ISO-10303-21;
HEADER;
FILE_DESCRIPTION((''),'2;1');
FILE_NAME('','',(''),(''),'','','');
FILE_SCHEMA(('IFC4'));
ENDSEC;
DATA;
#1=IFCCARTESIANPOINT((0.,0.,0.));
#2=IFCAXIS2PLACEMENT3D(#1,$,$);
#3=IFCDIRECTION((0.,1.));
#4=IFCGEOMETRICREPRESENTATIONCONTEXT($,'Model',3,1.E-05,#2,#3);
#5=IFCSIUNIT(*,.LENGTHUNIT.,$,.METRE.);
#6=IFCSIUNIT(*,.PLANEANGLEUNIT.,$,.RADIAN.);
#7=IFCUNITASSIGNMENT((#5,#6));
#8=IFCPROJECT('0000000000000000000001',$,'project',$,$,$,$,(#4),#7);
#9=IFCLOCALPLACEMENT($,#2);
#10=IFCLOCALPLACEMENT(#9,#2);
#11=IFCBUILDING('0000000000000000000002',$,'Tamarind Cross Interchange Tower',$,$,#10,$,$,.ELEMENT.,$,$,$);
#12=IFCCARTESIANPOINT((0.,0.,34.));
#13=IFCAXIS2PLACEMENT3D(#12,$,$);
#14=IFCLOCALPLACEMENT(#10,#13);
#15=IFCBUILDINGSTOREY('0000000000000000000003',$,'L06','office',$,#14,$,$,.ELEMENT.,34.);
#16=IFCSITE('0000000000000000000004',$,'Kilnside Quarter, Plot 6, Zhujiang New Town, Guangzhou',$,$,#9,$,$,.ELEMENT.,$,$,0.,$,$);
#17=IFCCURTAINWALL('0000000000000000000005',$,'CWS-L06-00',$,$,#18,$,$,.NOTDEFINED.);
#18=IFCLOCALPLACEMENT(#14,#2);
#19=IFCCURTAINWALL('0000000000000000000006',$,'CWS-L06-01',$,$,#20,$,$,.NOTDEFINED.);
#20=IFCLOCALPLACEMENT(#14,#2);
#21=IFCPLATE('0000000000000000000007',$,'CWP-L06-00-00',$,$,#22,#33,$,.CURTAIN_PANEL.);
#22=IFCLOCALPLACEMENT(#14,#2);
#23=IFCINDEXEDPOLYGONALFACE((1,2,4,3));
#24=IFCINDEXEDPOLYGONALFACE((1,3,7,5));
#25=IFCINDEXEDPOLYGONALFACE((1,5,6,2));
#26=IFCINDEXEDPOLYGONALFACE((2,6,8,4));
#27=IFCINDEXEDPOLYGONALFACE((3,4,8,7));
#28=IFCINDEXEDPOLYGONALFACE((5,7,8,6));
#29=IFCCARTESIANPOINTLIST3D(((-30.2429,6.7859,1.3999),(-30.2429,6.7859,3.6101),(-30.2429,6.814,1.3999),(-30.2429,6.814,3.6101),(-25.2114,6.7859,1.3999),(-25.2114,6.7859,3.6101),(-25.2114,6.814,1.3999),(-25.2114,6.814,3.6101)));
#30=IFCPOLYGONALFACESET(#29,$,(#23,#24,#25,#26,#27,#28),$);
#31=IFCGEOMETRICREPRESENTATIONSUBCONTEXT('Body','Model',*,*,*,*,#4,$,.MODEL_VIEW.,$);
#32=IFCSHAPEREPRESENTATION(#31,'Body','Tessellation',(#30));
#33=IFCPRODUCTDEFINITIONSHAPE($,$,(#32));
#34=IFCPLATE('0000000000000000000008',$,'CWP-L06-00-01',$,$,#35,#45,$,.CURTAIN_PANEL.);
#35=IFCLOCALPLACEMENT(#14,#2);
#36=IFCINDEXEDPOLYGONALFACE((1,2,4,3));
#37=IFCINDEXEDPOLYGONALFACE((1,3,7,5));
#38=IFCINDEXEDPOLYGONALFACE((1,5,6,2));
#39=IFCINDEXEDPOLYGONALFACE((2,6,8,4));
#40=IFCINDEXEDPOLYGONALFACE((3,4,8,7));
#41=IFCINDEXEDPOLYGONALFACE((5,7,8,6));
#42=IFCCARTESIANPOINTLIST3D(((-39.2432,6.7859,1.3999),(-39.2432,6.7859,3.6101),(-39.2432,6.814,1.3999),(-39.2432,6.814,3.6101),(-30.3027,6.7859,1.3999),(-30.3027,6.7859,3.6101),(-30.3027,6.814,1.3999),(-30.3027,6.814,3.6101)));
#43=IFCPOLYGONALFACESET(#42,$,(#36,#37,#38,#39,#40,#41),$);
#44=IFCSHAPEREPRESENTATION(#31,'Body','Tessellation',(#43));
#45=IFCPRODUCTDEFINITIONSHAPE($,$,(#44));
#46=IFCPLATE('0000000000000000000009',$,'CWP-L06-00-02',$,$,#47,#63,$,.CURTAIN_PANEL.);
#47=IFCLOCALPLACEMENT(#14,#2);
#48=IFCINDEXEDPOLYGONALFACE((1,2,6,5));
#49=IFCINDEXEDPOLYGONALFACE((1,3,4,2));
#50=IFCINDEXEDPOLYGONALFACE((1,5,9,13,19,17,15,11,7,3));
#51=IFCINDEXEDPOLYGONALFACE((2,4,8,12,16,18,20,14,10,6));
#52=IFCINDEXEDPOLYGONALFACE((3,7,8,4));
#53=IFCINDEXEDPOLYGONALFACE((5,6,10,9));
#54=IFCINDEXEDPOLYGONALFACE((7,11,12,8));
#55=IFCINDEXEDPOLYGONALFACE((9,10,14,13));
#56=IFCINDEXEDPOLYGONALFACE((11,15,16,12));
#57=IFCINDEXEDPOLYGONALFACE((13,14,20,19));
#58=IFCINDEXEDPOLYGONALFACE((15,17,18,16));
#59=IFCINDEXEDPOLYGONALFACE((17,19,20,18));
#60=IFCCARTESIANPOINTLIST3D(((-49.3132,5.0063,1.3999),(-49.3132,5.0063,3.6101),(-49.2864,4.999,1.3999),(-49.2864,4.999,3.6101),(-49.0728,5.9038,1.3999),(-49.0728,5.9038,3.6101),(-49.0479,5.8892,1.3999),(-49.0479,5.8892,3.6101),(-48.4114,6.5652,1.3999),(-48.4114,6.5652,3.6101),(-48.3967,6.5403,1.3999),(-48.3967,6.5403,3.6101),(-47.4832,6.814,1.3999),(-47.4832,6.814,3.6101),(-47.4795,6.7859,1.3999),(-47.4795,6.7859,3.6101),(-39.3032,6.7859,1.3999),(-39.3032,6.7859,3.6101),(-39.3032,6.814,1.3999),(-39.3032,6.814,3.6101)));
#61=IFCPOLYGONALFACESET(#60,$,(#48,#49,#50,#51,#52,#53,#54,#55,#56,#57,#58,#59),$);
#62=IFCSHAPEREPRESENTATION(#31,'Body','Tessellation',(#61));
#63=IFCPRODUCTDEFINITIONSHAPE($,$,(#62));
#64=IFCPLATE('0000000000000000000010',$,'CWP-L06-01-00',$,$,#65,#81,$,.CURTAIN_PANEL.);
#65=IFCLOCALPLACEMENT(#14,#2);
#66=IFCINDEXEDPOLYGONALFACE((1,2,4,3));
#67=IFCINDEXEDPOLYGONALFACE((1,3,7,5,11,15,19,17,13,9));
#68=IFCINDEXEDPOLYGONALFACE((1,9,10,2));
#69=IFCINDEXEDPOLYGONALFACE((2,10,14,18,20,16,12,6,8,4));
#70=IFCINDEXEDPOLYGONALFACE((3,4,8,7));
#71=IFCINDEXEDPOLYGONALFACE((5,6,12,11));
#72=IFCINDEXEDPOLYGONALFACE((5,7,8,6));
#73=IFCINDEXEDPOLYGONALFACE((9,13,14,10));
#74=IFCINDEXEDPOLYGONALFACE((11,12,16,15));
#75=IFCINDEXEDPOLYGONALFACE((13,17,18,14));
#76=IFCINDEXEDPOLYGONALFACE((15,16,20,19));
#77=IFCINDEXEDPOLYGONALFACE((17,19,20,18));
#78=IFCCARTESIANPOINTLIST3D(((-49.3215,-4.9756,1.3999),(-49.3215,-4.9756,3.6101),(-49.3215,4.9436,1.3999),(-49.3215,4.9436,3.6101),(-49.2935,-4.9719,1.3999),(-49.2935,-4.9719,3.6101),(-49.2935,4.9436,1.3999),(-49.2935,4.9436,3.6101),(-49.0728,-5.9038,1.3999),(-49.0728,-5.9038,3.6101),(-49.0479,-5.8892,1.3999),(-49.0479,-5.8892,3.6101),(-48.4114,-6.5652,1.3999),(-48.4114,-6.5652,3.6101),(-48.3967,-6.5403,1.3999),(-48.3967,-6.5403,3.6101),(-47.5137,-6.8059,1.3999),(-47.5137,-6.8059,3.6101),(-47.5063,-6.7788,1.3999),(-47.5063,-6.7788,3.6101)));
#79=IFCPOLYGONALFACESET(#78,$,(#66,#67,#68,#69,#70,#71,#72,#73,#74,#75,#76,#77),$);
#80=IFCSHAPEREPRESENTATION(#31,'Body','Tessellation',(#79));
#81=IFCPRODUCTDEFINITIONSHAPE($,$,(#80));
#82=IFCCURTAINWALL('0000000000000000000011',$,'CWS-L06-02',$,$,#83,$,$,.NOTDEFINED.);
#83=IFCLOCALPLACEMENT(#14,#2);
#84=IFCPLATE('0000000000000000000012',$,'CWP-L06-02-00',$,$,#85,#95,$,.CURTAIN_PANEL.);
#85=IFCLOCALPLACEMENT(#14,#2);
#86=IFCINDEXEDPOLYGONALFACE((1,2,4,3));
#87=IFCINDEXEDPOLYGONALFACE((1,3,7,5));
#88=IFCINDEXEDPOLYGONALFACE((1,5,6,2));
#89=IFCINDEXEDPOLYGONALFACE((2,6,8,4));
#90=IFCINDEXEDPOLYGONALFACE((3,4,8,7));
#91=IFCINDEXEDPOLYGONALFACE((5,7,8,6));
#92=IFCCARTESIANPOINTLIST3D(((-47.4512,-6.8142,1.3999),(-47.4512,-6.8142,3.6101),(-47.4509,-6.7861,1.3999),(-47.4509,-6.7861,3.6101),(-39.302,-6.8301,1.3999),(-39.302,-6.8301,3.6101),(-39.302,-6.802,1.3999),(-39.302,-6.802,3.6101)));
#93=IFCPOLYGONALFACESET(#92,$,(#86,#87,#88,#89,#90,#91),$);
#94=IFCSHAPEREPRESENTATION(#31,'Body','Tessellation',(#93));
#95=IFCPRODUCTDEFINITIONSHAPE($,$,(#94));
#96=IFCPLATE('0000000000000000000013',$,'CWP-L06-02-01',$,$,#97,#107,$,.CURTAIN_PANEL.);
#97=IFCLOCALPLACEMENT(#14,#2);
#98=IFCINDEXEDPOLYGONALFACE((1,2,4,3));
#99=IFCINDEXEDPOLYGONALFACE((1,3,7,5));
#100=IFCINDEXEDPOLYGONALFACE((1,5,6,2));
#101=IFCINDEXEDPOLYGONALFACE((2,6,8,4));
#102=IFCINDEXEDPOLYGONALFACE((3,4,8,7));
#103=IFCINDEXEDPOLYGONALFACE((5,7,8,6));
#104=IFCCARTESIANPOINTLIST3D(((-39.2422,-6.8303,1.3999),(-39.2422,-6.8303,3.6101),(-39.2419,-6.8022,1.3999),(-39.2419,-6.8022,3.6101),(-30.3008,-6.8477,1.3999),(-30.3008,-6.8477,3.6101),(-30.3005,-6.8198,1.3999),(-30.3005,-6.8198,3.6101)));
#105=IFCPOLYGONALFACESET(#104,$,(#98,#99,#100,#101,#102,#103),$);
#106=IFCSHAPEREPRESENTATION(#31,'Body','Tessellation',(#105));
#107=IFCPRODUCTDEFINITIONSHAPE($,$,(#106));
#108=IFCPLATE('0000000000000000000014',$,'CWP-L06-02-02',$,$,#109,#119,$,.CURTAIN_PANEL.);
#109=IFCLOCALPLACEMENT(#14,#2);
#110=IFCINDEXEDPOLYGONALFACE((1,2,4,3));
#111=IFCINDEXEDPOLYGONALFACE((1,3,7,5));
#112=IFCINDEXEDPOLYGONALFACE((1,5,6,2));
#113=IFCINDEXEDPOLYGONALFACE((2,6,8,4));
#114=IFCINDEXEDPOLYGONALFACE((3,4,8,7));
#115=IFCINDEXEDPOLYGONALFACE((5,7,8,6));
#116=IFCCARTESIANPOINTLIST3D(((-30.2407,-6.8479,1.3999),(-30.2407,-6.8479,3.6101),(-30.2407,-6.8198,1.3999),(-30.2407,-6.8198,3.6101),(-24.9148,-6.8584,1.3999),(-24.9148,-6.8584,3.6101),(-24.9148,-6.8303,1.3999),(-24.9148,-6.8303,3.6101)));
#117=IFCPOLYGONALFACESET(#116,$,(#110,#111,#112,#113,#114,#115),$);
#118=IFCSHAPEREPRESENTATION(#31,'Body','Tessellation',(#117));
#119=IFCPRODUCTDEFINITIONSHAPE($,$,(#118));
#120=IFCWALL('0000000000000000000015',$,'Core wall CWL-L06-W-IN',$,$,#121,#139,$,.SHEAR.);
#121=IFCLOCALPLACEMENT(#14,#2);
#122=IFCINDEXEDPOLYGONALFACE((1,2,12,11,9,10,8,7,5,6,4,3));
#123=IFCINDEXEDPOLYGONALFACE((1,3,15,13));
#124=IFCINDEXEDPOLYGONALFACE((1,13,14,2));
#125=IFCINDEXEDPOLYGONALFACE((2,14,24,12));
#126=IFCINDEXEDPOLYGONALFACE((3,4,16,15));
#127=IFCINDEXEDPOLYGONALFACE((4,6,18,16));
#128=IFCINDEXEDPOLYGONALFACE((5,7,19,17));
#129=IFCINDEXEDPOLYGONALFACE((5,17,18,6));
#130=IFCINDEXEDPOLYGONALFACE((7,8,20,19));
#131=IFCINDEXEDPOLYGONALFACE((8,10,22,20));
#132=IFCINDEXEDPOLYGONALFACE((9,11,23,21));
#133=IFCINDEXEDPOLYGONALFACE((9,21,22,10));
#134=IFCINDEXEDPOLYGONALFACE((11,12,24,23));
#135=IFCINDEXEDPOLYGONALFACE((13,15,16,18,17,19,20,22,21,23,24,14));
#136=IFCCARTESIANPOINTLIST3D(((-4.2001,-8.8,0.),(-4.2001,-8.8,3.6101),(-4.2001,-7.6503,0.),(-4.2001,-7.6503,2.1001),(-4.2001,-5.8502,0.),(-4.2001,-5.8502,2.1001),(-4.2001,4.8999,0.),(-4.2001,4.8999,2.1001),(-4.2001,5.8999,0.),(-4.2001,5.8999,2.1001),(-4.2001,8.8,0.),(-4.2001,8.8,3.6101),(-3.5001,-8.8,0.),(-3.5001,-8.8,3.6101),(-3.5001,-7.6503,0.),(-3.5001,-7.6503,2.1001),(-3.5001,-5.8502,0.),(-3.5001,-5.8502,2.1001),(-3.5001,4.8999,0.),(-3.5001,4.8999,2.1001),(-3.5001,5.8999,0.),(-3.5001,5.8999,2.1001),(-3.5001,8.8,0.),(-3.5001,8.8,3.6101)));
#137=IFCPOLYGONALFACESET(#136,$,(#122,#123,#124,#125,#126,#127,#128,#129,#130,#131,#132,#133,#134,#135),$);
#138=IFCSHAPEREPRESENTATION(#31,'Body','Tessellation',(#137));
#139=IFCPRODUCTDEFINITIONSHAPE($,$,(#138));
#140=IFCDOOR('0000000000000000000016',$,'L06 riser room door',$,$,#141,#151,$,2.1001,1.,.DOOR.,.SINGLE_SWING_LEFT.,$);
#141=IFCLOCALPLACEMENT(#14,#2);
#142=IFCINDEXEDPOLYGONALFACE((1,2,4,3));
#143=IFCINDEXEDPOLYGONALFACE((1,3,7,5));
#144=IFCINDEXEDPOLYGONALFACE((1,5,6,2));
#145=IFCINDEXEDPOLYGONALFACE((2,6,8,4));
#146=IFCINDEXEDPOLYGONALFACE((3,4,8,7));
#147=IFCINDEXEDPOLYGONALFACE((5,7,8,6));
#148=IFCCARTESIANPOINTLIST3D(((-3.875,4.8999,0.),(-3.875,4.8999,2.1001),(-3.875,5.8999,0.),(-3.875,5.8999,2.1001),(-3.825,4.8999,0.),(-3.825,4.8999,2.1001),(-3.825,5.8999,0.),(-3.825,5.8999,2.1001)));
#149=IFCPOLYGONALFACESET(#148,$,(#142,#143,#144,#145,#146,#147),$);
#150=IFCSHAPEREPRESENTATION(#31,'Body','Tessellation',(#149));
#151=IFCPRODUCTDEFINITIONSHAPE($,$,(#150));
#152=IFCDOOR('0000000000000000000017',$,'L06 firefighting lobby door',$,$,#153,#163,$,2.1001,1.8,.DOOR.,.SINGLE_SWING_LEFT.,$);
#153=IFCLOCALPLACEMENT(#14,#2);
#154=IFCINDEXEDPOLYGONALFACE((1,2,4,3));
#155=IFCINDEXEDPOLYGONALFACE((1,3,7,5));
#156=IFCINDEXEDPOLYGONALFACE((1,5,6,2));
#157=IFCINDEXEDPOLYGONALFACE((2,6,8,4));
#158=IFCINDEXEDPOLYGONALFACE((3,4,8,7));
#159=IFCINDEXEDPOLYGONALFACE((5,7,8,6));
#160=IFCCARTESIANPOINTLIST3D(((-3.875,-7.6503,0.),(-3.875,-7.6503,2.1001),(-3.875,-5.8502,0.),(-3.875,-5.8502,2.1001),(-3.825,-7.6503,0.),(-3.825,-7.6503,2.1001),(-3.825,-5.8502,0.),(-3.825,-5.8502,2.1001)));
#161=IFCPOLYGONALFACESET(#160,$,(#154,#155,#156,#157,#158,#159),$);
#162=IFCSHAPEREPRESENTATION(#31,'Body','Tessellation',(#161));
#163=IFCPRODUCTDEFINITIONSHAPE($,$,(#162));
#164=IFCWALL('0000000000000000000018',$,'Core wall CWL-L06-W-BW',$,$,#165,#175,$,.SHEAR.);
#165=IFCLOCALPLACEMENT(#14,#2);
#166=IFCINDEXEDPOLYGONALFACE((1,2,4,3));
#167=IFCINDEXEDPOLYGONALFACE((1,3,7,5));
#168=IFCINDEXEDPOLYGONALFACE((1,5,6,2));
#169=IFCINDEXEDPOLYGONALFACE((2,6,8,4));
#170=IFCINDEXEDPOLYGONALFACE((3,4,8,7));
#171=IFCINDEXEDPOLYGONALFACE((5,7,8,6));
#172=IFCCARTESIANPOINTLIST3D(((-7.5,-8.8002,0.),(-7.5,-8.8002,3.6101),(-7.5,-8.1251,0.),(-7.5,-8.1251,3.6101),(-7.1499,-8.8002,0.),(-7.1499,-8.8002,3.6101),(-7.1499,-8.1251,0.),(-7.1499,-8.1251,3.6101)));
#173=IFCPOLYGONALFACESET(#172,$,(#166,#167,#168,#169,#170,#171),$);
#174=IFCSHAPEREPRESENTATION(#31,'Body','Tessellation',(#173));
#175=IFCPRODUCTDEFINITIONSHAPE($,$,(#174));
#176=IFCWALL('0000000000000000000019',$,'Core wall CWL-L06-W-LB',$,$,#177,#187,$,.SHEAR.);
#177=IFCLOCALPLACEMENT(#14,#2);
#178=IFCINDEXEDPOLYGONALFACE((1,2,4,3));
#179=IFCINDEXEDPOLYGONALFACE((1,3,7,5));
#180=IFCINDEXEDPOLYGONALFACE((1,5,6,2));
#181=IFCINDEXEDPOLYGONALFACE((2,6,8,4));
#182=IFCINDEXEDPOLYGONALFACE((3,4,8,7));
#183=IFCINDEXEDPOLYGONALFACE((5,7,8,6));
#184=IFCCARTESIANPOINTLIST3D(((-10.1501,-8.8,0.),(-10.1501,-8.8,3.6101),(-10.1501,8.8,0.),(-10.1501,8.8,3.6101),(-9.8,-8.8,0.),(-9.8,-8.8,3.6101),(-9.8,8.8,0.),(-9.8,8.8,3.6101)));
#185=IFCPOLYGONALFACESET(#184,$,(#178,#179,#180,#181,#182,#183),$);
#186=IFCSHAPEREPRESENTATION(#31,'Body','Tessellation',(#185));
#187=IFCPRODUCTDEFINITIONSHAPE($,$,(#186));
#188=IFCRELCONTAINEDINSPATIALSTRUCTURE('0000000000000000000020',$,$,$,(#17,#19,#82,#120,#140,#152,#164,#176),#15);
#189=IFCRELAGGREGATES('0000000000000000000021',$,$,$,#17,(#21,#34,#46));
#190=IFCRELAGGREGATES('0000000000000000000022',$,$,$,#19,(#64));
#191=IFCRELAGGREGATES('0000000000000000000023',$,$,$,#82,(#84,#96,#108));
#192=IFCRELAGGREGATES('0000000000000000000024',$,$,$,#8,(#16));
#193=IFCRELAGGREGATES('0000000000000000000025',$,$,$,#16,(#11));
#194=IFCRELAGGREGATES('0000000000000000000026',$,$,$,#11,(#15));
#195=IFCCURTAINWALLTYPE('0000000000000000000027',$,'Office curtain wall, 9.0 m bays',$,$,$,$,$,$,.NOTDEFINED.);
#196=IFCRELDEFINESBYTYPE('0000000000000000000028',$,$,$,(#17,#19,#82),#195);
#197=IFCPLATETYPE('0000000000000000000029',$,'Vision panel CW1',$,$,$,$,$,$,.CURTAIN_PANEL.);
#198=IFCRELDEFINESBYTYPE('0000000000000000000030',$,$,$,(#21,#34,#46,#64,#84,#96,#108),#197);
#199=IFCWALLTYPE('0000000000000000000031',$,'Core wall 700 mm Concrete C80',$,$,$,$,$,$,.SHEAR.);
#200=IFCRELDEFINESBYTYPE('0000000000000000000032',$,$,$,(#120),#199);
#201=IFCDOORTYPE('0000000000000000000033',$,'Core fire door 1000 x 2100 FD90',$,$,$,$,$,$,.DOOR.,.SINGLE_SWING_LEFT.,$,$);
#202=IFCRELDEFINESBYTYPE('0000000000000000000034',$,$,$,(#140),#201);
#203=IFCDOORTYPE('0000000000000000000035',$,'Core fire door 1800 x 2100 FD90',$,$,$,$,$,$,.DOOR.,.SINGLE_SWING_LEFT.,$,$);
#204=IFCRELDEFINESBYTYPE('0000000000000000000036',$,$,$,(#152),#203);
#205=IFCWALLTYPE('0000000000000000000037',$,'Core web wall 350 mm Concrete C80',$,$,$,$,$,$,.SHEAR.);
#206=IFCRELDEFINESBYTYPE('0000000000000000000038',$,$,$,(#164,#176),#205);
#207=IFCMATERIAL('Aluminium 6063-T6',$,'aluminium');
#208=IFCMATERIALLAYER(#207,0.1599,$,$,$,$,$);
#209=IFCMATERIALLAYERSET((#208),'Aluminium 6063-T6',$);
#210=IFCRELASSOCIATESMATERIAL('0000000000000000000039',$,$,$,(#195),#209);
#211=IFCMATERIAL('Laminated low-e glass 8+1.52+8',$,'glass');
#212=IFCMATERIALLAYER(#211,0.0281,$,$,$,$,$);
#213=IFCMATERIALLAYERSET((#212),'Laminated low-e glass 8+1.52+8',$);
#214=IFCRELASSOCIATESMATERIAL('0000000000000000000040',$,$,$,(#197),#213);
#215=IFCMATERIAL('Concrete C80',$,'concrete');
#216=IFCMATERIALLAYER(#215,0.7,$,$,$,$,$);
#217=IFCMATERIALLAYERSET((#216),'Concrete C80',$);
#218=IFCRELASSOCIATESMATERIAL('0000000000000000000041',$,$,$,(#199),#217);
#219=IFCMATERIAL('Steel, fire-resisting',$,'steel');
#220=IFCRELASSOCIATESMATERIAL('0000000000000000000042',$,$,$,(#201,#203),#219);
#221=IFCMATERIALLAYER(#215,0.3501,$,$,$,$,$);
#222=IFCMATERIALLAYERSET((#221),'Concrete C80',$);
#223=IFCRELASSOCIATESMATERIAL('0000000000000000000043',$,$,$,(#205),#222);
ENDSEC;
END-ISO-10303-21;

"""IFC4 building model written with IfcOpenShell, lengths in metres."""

from ifc_helpers import new_model, si_unit, direction, frame, frame_2d, origin, place, context, subcontext, project, spatial, polyline, rectangle, outline, extrude, material, layer, layer_set, type_object, element, fill, aggregate, save


model = new_model("IFC4")

# Units and contexts
model_context = context("Model", 3, precision=1e-05, world=origin(), true_north=direction((0.0, 1.0)))
body_context = subcontext(model_context, "Body", "Model", "MODEL_VIEW")
ifc_project = project(units=[si_unit("LENGTHUNIT", "METRE"), si_unit("PLANEANGLEUNIT", "RADIAN")], contexts=[model_context])

# Site, building, storey
site_placement = place(None, origin())
site = spatial("IfcSite", under=ifc_project, at=site_placement, Name="Kilnside Quarter, Plot 6, Zhujiang New Town, Guangzhou", CompositionType="ELEMENT", RefElevation=0.0)
building_placement = place(site_placement, origin())
building = spatial("IfcBuilding", under=site, at=building_placement, Name="Tamarind Cross Interchange Tower", CompositionType="ELEMENT")
storey_placement = place(building_placement, frame((0.0, 0.0, 34.0)))
storey = spatial("IfcBuildingStorey", under=building, at=storey_placement, Name="L06", Description="office", CompositionType="ELEMENT", Elevation=34.0)

# Curtain walls
ifc_material_1 = material(Name="Aluminium 6063-T6", Category="aluminium")
ifc_layer_1 = layer(ifc_material_1, 0.1599)
ifc_layer_set_1 = layer_set([ifc_layer_1], Name="Aluminium 6063-T6")
curtain_wall_type = type_object("IfcCurtainWallType", Name="Office curtain wall, 9.0 m bays", PredefinedType="NOTDEFINED", material=ifc_layer_set_1)
curtain_wall_1_placement = place(storey_placement, origin())
curtain_wall_1 = element("IfcCurtainWall", 1, at=curtain_wall_1_placement, inside=storey, type_object=curtain_wall_type, Name="CWS-L06-00", PredefinedType="NOTDEFINED")
curtain_wall_2_placement = place(storey_placement, origin())
curtain_wall_2 = element("IfcCurtainWall", 2, at=curtain_wall_2_placement, inside=storey, type_object=curtain_wall_type, Name="CWS-L06-01", PredefinedType="NOTDEFINED")

# Plates
ifc_material_2 = material(Name="Laminated low-e glass 8+1.52+8", Category="glass")
ifc_layer_2 = layer(ifc_material_2, 0.0281)
ifc_layer_set_2 = layer_set([ifc_layer_2], Name="Laminated low-e glass 8+1.52+8")
plate_type = type_object("IfcPlateType", Name="Vision panel CW1", PredefinedType="CURTAIN_PANEL", material=ifc_layer_set_2)
plate_1_placement = place(storey_placement, frame((0.0, 0.0, 1.3999)))
plate_1 = element("IfcPlate", 3, at=plate_1_placement, type_object=plate_type, Name="CWP-L06-00-00", PredefinedType="CURTAIN_PANEL", context=body_context, shape_type="SweptSolid", body=[
    extrude(outline(polyline([(-25.2114, 6.7859), (-30.2429, 6.7859), (-30.2429, 6.814), (-25.2114, 6.814), (-25.2114, 6.7859)])), origin(), (0.0, 0.0, 1.0), 2.2102),
])
plate_2_placement = place(storey_placement, frame((0.0, 0.0, 1.3999)))
plate_2 = element("IfcPlate", 4, at=plate_2_placement, type_object=plate_type, Name="CWP-L06-00-01", PredefinedType="CURTAIN_PANEL", context=body_context, shape_type="SweptSolid", body=[
    extrude(outline(polyline([(-30.3027, 6.7859), (-39.2432, 6.7859), (-39.2432, 6.814), (-30.3027, 6.814), (-30.3027, 6.7859)])), origin(), (0.0, 0.0, 1.0), 2.2102),
])
plate_3_placement = place(storey_placement, frame((0.0, 0.0, 1.3999)))
plate_3 = element("IfcPlate", 5, at=plate_3_placement, type_object=plate_type, Name="CWP-L06-00-02", PredefinedType="CURTAIN_PANEL", context=body_context, shape_type="SweptSolid", body=[
    extrude(outline(polyline([(-39.3032, 6.7859), (-47.4795, 6.7859), (-48.3967, 6.5403), (-49.0479, 5.8892), (-49.2864, 4.999), (-49.3132, 5.0063), (-49.0728, 5.9038), (-48.4114, 6.5652), (-47.4832, 6.814), (-39.3032, 6.814), (-39.3032, 6.7859)])), origin(), (0.0, 0.0, 1.0), 2.2102),
])
aggregate(curtain_wall_1, [plate_1, plate_2, plate_3])
plate_4_placement = place(storey_placement, frame((0.0, 0.0, 1.3999)))
plate_4 = element("IfcPlate", 6, at=plate_4_placement, type_object=plate_type, Name="CWP-L06-01-00", PredefinedType="CURTAIN_PANEL", context=body_context, shape_type="SweptSolid", body=[
    extrude(outline(polyline([(-49.2935, 4.9436), (-49.2935, -4.9719), (-49.0479, -5.8892), (-48.3967, -6.5403), (-47.5063, -6.7788), (-47.5137, -6.8059), (-48.4114, -6.5652), (-49.0728, -5.9038), (-49.3215, -4.9756), (-49.3215, 4.9436), (-49.2935, 4.9436)])), origin(), (0.0, 0.0, 1.0), 2.2102),
])
aggregate(curtain_wall_2, [plate_4])

# Curtain wall, plates
curtain_wall_3_placement = place(storey_placement, origin())
curtain_wall_3 = element("IfcCurtainWall", 7, at=curtain_wall_3_placement, inside=storey, type_object=curtain_wall_type, Name="CWS-L06-02", PredefinedType="NOTDEFINED")
plate_5_placement = place(storey_placement, frame((0.0, 0.0, 1.3999)))
plate_5 = element("IfcPlate", 8, at=plate_5_placement, type_object=plate_type, Name="CWP-L06-02-00", PredefinedType="CURTAIN_PANEL", context=body_context, shape_type="SweptSolid", body=[
    extrude(outline(polyline([(-47.4509, -6.7861), (-39.302, -6.802), (-39.302, -6.8301), (-47.4512, -6.8142), (-47.4509, -6.7861)])), origin(), (0.0, 0.0, 1.0), 2.2102),
])
plate_6_placement = place(storey_placement, frame((0.0, 0.0, 1.3999)))
plate_6 = element("IfcPlate", 9, at=plate_6_placement, type_object=plate_type, Name="CWP-L06-02-01", PredefinedType="CURTAIN_PANEL", context=body_context, shape_type="SweptSolid", body=[
    extrude(outline(polyline([(-39.2419, -6.8022), (-30.3005, -6.8198), (-30.3008, -6.8477), (-39.2422, -6.8303), (-39.2419, -6.8022)])), origin(), (0.0, 0.0, 1.0), 2.2102),
])
plate_7_placement = place(storey_placement, frame((0.0, 0.0, 1.3999)))
plate_7 = element("IfcPlate", 10, at=plate_7_placement, type_object=plate_type, Name="CWP-L06-02-02", PredefinedType="CURTAIN_PANEL", context=body_context, shape_type="SweptSolid", body=[
    extrude(outline(polyline([(-30.2407, -6.8198), (-24.9148, -6.8303), (-24.9148, -6.8584), (-30.2407, -6.8479), (-30.2407, -6.8198)])), origin(), (0.0, 0.0, 1.0), 2.2102),
])
aggregate(curtain_wall_3, [plate_5, plate_6, plate_7])

# Wall, openings, doors
ifc_material_3 = material(Name="Concrete C80", Category="concrete")
ifc_layer_3 = layer(ifc_material_3, 0.7)
ifc_layer_set_3 = layer_set([ifc_layer_3], Name="Concrete C80")
wall_type_1 = type_object("IfcWallType", Name="Core wall 700 mm Concrete C80", PredefinedType="SHEAR", material=ifc_layer_set_3)
wall_1_placement = place(storey_placement, frame((-3.8501, -8.8, 0.0), z_axis=(0.0, 0.0, 1.0), x_axis=(0.0, 1.0, 0.0)))
wall_1 = element("IfcWall", 11, at=wall_1_placement, inside=storey, type_object=wall_type_1, Name="Core wall CWL-L06-W-IN", PredefinedType="SHEAR", context=body_context, shape_type="SweptSolid", body=[
    extrude(rectangle(XDim=17.6001, YDim=0.7, at=frame_2d((8.8, 0.0))), origin(), (0.0, 0.0, 1.0), 3.6101),
])
opening_1_placement = place(wall_1_placement, frame((1.1499, 0.0, 0.0)))
opening_1 = element("IfcOpeningElement", 12, at=opening_1_placement, cuts=wall_1, PredefinedType="OPENING", context=body_context, shape_type="SweptSolid", body=[
    extrude(rectangle(XDim=1.8, YDim=2.1001, at=frame_2d((0.8999, 1.05))), frame((0.0, 0.3599, 0.0), z_axis=(0.0, -1.0, 0.0), x_axis=(1.0, 0.0, 0.0)), (0.0, 0.0, 1.0), 0.72),
])
opening_2_placement = place(wall_1_placement, frame((13.7, 0.0, 0.0)))
opening_2 = element("IfcOpeningElement", 13, at=opening_2_placement, cuts=wall_1, PredefinedType="OPENING", context=body_context, shape_type="SweptSolid", body=[
    extrude(rectangle(XDim=1.0, YDim=2.1001, at=frame_2d((0.5, 1.05))), frame((0.0, 0.3599, 0.0), z_axis=(0.0, -1.0, 0.0), x_axis=(1.0, 0.0, 0.0)), (0.0, 0.0, 1.0), 0.72),
])
ifc_material_4 = material(Name="Steel, fire-resisting", Category="steel")
door_type_1 = type_object("IfcDoorType", Name="Core fire door 1000 x 2100 FD90", OperationType="SINGLE_SWING_LEFT", PredefinedType="DOOR", material=ifc_material_4)
door_1_placement = place(opening_2_placement, origin())
door_1 = element("IfcDoor", 14, at=door_1_placement, inside=storey, type_object=door_type_1, Name="L06 riser room door", OperationType="SINGLE_SWING_LEFT", OverallHeight=2.1001, OverallWidth=1.0, PredefinedType="DOOR", context=body_context, shape_type="SweptSolid", body=[
    extrude(rectangle(XDim=1.0, YDim=2.1001, at=frame_2d((0.5, 1.05))), frame((0.0, 0.0249, 0.0), z_axis=(0.0, -1.0, 0.0), x_axis=(1.0, 0.0, 0.0)), (0.0, 0.0, 1.0), 0.05),
])
fill(opening_2, door_1)
door_type_2 = type_object("IfcDoorType", Name="Core fire door 1800 x 2100 FD90", OperationType="SINGLE_SWING_LEFT", PredefinedType="DOOR", material=ifc_material_4)
door_2_placement = place(opening_1_placement, origin())
door_2 = element("IfcDoor", 15, at=door_2_placement, inside=storey, type_object=door_type_2, Name="L06 firefighting lobby door", OperationType="SINGLE_SWING_LEFT", OverallHeight=2.1001, OverallWidth=1.8, PredefinedType="DOOR", context=body_context, shape_type="SweptSolid", body=[
    extrude(rectangle(XDim=1.8, YDim=2.1001, at=frame_2d((0.8999, 1.05))), frame((0.0, 0.0249, 0.0), z_axis=(0.0, -1.0, 0.0), x_axis=(1.0, 0.0, 0.0)), (0.0, 0.0, 1.0), 0.05),
])
fill(opening_1, door_2)

# Walls
ifc_layer_4 = layer(ifc_material_3, 0.3501)
ifc_layer_set_4 = layer_set([ifc_layer_4], Name="Concrete C80")
wall_type_2 = type_object("IfcWallType", Name="Core web wall 350 mm Concrete C80", PredefinedType="SHEAR", material=ifc_layer_set_4)
wall_2_placement = place(storey_placement, frame((-7.325, -8.8, 0.0), z_axis=(0.0, 0.0, 1.0), x_axis=(0.0, 1.0, 0.0)))
element("IfcWall", 16, at=wall_2_placement, inside=storey, type_object=wall_type_2, Name="Core wall CWL-L06-W-BW", PredefinedType="SHEAR", context=body_context, shape_type="SweptSolid", body=[
    extrude(rectangle(XDim=0.675, YDim=0.3501, at=frame_2d((0.3374, 0.0))), origin(), (0.0, 0.0, 1.0), 3.6101),
])
wall_3_placement = place(storey_placement, frame((-9.9751, -8.8, 0.0), z_axis=(0.0, 0.0, 1.0), x_axis=(0.0, 1.0, 0.0)))
element("IfcWall", 17, at=wall_3_placement, inside=storey, type_object=wall_type_2, Name="Core wall CWL-L06-W-LB", PredefinedType="SHEAR", context=body_context, shape_type="SweptSolid", body=[
    extrude(rectangle(XDim=17.6001, YDim=0.3501, at=frame_2d((8.8, 0.0))), origin(), (0.0, 0.0, 1.0), 3.6101),
])

save(model, "model.ifc")
